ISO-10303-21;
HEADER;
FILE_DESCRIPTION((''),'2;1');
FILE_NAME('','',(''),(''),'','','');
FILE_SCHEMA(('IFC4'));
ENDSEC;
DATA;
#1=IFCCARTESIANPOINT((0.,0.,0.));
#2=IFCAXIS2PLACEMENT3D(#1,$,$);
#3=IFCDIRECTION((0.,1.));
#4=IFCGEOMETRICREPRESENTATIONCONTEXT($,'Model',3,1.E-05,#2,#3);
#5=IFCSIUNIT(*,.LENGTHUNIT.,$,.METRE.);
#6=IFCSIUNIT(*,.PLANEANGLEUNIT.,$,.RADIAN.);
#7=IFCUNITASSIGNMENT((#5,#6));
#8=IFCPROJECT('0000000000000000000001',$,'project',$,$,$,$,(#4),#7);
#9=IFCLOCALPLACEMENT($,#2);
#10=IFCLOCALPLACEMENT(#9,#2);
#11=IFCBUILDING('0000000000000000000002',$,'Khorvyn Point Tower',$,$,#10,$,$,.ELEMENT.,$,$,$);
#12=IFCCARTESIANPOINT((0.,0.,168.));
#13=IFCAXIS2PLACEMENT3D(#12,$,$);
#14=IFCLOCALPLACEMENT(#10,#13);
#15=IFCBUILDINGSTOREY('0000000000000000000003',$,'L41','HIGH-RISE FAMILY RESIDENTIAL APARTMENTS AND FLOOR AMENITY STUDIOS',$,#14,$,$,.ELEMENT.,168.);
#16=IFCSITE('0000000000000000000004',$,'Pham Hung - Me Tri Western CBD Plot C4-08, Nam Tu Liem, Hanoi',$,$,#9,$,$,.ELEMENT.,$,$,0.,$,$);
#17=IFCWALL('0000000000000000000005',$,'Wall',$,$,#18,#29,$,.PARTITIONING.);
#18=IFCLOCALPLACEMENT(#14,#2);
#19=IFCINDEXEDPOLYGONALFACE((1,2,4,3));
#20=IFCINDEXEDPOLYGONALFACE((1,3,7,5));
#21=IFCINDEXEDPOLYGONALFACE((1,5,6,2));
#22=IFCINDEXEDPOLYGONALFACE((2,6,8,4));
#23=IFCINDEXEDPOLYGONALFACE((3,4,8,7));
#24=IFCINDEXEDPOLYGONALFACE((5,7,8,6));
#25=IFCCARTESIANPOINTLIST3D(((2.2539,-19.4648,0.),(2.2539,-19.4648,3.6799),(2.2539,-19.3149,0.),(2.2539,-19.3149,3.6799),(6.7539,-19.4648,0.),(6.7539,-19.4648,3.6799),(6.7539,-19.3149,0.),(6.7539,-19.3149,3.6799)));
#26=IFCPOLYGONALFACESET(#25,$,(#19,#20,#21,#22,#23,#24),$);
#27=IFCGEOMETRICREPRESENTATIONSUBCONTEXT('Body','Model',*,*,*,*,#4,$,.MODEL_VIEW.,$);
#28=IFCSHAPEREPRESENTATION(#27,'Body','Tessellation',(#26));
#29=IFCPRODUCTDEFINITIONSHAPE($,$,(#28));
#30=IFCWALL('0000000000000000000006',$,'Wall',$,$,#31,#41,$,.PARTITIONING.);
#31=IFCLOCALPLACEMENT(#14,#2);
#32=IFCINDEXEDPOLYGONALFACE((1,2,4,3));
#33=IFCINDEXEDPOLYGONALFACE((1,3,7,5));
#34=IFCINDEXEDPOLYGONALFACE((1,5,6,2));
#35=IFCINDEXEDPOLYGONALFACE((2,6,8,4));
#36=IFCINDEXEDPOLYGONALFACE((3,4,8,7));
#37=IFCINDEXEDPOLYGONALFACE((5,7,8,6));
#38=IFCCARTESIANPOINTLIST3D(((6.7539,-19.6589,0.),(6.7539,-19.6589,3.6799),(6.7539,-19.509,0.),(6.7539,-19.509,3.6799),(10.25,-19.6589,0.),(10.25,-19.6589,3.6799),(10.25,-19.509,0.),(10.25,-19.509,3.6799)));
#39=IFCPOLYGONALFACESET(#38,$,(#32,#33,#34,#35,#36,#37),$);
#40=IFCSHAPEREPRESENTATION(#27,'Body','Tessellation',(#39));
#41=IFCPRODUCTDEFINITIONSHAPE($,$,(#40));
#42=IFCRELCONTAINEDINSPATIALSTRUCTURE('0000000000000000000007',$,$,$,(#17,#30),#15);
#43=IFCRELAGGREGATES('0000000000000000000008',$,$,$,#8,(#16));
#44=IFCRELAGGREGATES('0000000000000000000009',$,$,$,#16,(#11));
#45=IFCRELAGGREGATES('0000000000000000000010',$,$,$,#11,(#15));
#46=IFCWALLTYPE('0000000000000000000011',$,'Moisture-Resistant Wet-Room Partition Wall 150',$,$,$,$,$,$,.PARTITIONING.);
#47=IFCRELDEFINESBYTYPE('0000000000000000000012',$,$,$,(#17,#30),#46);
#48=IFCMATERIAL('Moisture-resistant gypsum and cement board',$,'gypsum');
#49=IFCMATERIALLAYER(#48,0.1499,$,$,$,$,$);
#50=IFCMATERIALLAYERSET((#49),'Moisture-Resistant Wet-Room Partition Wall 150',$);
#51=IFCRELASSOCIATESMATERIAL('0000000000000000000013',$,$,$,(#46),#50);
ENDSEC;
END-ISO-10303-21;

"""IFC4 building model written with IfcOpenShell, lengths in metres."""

from ifc_helpers import new_model, si_unit, direction, frame, frame_2d, origin, place, context, subcontext, project, spatial, rectangle, extrude, material, layer, layer_set, type_object, element, save


model = new_model("IFC4")

# Units and contexts
model_context = context("Model", 3, precision=1e-05, world=origin(), true_north=direction((0.0, 1.0)))
body_context = subcontext(model_context, "Body", "Model", "MODEL_VIEW")
ifc_project = project(units=[si_unit("LENGTHUNIT", "METRE"), si_unit("PLANEANGLEUNIT", "RADIAN")], contexts=[model_context])

# Site, building, storey
site_placement = place(None, origin())
site = spatial("IfcSite", under=ifc_project, at=site_placement, Name="Pham Hung - Me Tri Western CBD Plot C4-08, Nam Tu Liem, Hanoi", CompositionType="ELEMENT", RefElevation=0.0)
building_placement = place(site_placement, origin())
building = spatial("IfcBuilding", under=site, at=building_placement, Name="Khorvyn Point Tower", CompositionType="ELEMENT")
storey_placement = place(building_placement, frame((0.0, 0.0, 168.0)))
storey = spatial("IfcBuildingStorey", under=building, at=storey_placement, Name="L41", Description="HIGH-RISE FAMILY RESIDENTIAL APARTMENTS AND FLOOR AMENITY STUDIOS", CompositionType="ELEMENT", Elevation=168.0)

# Shared definitions
ifc_material_1 = material(Name="Moisture-resistant gypsum and cement board", Category="gypsum")
ifc_layer_1 = layer(ifc_material_1, 0.1499)
ifc_layer_set_1 = layer_set([ifc_layer_1], Name="Moisture-Resistant Wet-Room Partition Wall 150")
wall_type_1 = type_object("IfcWallType", Name="Moisture-Resistant Wet-Room Partition Wall 150", PredefinedType="PARTITIONING", material=ifc_layer_set_1)

# Walls
wall_1_placement = place(storey_placement, frame((2.2539, -19.3899, 0.0), z_axis=(0.0, 0.0, 1.0), x_axis=(1.0, 0.0, 0.0)))
element("IfcWall", 1, at=wall_1_placement, inside=storey, type_object=wall_type_1, Name="Wall", PredefinedType="PARTITIONING", context=body_context, shape_type="SweptSolid", body=[
    extrude(rectangle(XDim=4.5, YDim=0.1499, at=frame_2d((2.25, 0.0))), origin(), (0.0, 0.0, 1.0), 3.6799),
])
wall_2_placement = place(storey_placement, frame((6.7539, -19.584, 0.0), z_axis=(0.0, 0.0, 1.0), x_axis=(1.0, 0.0, 0.0)))
element("IfcWall", 2, at=wall_2_placement, inside=storey, type_object=wall_type_1, Name="Wall", PredefinedType="PARTITIONING", context=body_context, shape_type="SweptSolid", body=[
    extrude(rectangle(XDim=3.4961, YDim=0.1499, at=frame_2d((1.748, 0.0))), origin(), (0.0, 0.0, 1.0), 3.6799),
])

save(model, "model.ifc")
